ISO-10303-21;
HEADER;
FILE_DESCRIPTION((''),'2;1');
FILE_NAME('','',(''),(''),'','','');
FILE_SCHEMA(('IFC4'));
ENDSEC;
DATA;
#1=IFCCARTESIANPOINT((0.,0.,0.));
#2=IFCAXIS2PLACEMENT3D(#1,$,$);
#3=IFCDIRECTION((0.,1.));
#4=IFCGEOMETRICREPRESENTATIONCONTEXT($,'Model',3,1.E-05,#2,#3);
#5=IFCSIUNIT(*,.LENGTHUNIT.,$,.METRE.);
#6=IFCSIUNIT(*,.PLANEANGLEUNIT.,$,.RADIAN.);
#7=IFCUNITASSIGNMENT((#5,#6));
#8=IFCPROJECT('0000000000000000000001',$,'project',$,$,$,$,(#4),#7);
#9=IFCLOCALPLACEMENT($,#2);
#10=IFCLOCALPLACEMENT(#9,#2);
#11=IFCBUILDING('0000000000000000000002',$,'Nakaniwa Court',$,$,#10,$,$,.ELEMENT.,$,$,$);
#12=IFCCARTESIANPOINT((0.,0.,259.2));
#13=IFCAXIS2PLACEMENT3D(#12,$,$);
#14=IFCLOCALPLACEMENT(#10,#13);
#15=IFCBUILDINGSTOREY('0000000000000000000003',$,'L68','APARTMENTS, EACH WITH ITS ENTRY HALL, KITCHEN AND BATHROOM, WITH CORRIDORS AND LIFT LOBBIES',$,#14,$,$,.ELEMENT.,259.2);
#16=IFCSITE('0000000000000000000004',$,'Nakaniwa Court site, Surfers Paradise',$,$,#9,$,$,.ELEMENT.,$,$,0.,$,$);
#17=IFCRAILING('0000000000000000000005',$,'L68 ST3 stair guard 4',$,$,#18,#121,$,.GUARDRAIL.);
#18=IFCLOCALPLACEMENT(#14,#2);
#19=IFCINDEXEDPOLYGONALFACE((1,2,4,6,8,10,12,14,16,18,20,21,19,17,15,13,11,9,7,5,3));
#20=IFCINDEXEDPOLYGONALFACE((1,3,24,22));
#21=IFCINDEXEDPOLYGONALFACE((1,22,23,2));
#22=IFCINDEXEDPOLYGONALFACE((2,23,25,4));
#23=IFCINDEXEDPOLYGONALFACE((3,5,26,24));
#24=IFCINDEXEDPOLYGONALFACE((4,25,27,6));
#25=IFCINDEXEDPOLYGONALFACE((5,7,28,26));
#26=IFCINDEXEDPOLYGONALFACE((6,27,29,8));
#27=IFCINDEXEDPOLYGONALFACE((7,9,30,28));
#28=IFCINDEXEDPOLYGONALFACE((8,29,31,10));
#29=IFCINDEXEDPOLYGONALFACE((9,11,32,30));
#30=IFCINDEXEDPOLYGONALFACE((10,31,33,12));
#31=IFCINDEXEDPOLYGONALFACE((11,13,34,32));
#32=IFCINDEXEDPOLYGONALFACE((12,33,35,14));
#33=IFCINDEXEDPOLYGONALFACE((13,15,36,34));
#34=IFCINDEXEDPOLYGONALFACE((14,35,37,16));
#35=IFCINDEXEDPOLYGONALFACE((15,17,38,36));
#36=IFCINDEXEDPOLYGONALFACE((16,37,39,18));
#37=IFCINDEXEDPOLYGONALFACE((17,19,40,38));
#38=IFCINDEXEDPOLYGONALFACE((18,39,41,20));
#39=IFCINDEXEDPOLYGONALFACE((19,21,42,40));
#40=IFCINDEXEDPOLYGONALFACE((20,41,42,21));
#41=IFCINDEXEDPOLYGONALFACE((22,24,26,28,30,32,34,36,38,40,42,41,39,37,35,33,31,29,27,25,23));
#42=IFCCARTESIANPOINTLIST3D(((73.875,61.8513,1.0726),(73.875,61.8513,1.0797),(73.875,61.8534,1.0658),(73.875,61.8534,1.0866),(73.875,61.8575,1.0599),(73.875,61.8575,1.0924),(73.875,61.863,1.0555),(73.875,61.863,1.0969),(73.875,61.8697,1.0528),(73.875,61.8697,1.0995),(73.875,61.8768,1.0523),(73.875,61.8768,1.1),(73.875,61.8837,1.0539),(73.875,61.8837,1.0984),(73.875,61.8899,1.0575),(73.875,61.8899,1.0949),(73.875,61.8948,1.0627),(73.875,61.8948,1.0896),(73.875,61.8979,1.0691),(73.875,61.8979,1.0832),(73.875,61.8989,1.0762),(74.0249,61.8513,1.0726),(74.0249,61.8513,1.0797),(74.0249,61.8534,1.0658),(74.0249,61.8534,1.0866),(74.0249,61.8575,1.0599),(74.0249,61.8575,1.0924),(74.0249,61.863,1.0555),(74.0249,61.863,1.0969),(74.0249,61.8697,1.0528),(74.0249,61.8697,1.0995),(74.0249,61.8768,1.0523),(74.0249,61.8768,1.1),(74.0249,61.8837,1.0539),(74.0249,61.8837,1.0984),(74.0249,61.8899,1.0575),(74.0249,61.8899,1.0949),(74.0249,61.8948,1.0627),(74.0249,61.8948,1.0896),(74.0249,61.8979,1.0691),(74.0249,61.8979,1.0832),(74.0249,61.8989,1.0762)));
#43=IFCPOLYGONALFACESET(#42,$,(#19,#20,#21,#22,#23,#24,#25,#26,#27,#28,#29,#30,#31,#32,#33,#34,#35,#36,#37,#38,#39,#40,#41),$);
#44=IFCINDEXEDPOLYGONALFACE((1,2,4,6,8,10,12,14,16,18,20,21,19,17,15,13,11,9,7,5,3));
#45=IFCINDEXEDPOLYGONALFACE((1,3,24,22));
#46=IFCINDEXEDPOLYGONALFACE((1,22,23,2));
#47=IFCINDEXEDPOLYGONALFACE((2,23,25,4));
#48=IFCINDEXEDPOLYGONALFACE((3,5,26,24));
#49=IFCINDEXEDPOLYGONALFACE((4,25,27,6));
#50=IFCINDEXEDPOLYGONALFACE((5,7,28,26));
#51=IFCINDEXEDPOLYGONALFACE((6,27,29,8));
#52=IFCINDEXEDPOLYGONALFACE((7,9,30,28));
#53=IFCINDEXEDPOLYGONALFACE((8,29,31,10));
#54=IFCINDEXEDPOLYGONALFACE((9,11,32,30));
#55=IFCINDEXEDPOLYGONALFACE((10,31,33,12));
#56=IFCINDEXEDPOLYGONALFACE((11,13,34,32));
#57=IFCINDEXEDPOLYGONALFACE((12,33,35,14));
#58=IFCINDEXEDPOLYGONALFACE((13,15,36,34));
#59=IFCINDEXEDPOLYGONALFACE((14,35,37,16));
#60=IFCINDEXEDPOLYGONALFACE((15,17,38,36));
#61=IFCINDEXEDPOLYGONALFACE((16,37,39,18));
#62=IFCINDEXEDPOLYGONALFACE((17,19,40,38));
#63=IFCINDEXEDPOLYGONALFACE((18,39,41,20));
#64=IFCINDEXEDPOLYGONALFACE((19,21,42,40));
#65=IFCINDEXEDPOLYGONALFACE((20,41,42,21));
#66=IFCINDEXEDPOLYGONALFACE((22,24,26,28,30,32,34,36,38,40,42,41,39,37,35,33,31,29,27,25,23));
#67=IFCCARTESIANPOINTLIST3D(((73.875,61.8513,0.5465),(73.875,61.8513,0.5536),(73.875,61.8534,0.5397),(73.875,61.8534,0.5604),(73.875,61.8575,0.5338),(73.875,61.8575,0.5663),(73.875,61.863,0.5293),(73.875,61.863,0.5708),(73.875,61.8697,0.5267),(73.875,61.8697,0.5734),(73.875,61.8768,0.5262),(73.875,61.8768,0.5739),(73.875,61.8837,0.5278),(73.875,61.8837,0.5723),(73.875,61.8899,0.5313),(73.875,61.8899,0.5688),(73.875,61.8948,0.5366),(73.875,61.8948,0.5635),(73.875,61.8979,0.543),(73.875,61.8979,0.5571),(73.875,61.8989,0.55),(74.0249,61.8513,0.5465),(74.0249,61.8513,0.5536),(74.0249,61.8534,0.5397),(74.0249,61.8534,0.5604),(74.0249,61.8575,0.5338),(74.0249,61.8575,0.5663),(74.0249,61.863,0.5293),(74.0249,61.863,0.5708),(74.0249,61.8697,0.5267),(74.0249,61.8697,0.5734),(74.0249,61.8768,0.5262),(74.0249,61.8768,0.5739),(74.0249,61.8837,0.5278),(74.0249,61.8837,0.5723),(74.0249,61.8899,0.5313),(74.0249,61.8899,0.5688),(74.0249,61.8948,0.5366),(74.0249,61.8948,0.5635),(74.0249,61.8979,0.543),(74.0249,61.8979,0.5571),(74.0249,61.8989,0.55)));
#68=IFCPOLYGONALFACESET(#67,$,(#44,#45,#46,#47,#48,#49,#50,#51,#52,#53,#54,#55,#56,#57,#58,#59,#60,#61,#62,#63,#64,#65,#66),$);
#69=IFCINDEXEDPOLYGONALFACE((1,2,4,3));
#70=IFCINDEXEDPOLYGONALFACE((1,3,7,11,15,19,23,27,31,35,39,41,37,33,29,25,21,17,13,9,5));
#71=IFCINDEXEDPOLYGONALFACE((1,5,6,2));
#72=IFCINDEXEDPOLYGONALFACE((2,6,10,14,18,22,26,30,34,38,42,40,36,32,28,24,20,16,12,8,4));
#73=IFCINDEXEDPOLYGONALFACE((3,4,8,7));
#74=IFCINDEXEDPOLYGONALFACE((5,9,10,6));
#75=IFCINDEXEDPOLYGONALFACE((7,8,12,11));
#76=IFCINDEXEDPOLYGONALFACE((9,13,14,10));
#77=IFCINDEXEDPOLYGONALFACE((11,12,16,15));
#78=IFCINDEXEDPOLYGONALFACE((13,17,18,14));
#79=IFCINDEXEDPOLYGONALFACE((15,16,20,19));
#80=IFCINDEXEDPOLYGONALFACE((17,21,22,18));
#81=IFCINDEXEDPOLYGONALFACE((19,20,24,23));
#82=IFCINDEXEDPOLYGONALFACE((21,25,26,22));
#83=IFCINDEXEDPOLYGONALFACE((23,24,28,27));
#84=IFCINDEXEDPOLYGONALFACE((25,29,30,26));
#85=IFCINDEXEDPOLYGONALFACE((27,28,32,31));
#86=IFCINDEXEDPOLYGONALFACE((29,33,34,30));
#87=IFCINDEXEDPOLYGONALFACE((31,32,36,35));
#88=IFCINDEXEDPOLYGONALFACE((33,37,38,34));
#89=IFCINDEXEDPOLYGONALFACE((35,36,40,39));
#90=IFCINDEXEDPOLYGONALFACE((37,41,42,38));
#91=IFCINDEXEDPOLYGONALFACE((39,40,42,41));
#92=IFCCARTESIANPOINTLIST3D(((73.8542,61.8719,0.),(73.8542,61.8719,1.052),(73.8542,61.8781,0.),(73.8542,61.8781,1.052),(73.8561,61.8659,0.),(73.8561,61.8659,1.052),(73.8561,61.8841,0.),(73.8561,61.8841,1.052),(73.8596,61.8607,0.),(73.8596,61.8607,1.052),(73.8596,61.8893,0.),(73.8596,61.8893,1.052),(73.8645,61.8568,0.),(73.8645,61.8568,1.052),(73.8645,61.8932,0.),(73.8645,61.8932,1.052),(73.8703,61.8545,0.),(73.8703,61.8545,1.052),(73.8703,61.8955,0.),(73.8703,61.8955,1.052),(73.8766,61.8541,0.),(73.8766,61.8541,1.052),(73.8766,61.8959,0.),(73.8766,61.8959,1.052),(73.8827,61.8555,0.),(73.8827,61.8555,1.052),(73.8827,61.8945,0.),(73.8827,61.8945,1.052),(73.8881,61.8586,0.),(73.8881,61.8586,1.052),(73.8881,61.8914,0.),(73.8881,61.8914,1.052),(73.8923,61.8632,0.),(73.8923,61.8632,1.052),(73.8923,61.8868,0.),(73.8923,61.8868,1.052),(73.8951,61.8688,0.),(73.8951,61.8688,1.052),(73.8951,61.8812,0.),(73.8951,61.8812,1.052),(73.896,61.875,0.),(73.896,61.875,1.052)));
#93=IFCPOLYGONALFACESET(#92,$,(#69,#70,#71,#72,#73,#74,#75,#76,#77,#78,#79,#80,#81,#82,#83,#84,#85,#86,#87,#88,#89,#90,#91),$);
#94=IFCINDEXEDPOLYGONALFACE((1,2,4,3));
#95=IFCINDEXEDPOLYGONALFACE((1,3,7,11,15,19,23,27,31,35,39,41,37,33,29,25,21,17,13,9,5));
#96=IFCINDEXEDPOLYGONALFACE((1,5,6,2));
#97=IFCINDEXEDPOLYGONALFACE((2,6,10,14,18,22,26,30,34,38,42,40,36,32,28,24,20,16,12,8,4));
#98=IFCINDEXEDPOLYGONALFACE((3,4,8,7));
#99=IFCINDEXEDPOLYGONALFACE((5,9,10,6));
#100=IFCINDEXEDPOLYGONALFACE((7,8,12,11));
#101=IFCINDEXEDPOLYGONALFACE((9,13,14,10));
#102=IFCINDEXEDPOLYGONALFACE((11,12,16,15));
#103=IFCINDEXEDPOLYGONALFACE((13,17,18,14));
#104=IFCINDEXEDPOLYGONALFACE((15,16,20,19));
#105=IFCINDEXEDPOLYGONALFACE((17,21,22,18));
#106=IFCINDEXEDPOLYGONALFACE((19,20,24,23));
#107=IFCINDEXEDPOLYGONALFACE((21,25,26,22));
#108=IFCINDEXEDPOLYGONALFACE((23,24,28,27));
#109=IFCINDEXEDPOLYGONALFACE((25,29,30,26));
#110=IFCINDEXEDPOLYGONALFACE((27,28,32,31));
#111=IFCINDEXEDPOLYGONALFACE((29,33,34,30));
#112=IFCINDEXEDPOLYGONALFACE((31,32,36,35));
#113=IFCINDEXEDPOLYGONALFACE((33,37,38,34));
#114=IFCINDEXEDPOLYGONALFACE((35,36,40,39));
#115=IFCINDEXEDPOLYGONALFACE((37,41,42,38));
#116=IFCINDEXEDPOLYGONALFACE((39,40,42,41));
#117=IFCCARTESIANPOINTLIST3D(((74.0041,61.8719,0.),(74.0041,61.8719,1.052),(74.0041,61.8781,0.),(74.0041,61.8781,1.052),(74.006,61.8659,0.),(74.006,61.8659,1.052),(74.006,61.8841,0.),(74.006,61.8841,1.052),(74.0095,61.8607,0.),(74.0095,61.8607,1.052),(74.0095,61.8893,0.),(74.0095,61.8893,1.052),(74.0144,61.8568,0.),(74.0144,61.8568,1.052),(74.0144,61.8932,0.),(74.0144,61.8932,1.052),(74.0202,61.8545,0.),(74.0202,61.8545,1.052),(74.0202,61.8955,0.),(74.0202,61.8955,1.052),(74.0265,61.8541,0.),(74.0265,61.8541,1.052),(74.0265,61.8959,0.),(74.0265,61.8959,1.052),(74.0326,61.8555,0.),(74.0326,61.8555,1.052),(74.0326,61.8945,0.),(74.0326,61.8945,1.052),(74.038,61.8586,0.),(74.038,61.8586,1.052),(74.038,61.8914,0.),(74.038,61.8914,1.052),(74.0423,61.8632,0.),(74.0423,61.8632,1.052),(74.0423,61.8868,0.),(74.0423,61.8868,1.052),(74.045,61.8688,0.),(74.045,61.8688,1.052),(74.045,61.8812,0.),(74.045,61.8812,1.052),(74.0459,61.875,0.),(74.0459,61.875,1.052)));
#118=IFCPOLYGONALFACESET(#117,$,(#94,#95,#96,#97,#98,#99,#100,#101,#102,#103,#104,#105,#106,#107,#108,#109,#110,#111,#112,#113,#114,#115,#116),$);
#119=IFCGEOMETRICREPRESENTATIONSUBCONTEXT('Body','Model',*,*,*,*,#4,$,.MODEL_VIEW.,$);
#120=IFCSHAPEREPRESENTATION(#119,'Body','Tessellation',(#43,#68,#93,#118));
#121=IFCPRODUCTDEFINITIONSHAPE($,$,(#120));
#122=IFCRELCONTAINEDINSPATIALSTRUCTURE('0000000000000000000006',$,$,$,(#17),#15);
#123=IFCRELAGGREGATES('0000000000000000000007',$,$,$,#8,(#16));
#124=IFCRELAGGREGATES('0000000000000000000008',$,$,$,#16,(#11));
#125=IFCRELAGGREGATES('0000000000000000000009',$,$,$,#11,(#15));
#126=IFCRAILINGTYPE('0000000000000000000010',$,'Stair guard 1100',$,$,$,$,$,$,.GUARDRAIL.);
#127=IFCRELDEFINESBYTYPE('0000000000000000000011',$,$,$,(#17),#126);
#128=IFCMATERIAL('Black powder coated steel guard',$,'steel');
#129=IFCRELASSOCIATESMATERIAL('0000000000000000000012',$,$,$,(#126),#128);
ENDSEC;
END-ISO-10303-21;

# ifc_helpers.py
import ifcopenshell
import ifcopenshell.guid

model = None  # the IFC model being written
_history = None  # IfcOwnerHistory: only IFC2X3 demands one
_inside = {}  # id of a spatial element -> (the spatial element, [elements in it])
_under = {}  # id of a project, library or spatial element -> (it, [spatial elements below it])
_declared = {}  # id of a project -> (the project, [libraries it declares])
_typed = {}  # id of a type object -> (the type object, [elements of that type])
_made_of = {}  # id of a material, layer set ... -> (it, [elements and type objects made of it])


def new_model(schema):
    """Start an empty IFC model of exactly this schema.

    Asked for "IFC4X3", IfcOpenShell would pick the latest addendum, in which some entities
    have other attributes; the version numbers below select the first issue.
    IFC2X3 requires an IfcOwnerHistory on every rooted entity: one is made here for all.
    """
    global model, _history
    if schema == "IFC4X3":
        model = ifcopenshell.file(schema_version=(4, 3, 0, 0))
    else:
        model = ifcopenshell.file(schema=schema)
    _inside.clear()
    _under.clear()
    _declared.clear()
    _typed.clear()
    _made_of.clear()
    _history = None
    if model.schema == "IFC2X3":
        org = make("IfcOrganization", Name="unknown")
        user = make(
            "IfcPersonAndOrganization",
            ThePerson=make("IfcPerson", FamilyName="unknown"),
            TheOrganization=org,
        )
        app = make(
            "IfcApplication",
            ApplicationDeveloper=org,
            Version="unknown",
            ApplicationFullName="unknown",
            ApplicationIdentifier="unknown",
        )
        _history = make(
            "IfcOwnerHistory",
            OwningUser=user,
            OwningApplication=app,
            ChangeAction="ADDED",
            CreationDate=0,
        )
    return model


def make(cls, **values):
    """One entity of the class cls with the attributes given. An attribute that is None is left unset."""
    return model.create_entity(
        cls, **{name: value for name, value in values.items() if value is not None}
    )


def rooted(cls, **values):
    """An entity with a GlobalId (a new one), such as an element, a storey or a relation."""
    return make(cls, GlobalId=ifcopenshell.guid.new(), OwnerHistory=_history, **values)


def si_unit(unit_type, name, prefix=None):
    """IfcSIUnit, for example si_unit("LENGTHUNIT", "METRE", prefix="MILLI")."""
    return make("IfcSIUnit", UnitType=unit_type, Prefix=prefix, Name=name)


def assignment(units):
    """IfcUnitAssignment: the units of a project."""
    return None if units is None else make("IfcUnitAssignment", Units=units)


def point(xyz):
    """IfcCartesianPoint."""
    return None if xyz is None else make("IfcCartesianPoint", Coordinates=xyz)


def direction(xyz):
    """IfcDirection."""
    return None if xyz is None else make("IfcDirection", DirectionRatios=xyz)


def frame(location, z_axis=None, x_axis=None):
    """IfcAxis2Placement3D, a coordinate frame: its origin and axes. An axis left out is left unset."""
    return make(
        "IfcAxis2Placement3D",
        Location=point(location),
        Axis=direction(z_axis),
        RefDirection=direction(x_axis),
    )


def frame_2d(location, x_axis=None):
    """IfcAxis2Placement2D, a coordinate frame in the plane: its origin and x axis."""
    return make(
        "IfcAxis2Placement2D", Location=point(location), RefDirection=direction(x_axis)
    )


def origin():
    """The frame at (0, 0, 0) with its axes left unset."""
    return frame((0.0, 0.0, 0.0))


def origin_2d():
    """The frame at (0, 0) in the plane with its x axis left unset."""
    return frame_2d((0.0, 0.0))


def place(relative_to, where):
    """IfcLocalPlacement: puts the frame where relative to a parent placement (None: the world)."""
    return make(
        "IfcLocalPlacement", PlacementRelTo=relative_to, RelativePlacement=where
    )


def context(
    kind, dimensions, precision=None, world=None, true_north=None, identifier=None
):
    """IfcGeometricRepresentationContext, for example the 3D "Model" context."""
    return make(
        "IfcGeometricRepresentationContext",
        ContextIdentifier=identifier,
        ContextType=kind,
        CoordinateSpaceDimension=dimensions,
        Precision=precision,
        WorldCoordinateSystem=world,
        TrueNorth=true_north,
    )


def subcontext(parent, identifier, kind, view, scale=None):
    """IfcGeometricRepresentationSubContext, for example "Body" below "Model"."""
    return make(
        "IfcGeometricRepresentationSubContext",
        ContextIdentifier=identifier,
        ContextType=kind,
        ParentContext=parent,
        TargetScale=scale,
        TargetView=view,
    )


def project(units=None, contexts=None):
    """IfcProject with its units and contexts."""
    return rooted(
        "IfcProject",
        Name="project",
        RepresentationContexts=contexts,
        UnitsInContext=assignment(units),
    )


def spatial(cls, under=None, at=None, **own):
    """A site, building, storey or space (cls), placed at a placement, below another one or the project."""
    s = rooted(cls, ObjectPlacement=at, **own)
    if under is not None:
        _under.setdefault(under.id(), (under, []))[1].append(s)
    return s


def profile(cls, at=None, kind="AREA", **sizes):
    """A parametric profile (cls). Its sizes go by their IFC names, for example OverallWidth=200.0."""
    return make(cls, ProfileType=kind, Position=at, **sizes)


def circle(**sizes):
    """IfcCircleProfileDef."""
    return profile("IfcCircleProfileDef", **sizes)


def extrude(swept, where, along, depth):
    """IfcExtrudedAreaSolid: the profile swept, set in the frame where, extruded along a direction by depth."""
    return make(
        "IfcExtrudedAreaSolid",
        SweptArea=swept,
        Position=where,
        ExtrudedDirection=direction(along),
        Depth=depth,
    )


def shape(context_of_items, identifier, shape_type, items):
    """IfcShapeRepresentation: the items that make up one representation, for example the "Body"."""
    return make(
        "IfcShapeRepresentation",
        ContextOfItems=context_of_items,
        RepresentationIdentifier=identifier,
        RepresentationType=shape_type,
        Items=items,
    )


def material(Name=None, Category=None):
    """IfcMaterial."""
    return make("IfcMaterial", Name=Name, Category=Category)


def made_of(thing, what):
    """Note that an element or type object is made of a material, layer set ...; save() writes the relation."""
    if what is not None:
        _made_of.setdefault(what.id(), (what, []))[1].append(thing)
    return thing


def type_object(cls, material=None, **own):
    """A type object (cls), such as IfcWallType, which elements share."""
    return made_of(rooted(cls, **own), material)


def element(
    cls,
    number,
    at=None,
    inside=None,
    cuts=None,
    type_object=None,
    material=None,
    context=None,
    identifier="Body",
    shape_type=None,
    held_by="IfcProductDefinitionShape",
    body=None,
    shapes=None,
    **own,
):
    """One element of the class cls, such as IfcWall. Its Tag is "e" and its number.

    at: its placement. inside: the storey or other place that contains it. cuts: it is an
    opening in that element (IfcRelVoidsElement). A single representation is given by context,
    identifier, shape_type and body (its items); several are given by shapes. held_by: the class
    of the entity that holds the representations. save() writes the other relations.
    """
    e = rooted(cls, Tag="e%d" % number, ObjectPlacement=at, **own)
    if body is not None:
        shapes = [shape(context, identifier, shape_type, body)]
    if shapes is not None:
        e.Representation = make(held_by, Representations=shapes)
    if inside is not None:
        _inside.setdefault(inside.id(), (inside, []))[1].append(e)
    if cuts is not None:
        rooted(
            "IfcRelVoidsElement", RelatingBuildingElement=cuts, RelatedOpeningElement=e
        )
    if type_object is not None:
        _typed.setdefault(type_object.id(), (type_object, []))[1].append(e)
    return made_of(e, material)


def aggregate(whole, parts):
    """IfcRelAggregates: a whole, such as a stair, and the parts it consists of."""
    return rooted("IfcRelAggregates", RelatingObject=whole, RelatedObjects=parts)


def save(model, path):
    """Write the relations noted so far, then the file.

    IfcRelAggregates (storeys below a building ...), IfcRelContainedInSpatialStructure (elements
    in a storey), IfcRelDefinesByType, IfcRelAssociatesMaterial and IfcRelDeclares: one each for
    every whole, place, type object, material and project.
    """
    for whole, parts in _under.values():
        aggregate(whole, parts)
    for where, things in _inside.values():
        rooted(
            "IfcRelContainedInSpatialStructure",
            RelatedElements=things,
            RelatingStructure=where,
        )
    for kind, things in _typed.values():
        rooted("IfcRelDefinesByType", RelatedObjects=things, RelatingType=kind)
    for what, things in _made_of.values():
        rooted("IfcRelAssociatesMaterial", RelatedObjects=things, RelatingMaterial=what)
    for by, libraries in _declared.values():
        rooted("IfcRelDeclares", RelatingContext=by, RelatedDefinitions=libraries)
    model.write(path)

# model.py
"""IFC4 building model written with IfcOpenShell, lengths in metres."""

from ifc_helpers import new_model, si_unit, direction, frame, origin, origin_2d, place, context, subcontext, project, spatial, circle, extrude, material, type_object, element, save


model = new_model("IFC4")

# Units and contexts
model_context = context("Model", 3, precision=1e-05, world=origin(), true_north=direction((0.0, 1.0)))
body_context = subcontext(model_context, "Body", "Model", "MODEL_VIEW")
ifc_project = project(units=[si_unit("LENGTHUNIT", "METRE"), si_unit("PLANEANGLEUNIT", "RADIAN")], contexts=[model_context])

# Site, building, storey
site_placement = place(None, origin())
site = spatial("IfcSite", under=ifc_project, at=site_placement, Name="Nakaniwa Court site, Surfers Paradise", CompositionType="ELEMENT", RefElevation=0.0)
building_placement = place(site_placement, origin())
building = spatial("IfcBuilding", under=site, at=building_placement, Name="Nakaniwa Court", CompositionType="ELEMENT")
storey_placement = place(building_placement, frame((0.0, 0.0, 259.2)))
storey = spatial("IfcBuildingStorey", under=building, at=storey_placement, Name="L68", Description="APARTMENTS, EACH WITH ITS ENTRY HALL, KITCHEN AND BATHROOM, WITH CORRIDORS AND LIFT LOBBIES", CompositionType="ELEMENT", Elevation=259.2)

# Railing
ifc_material_1 = material(Name="Black powder coated steel guard", Category="steel")
railing_type_1 = type_object("IfcRailingType", Name="Stair guard 1100", PredefinedType="GUARDRAIL", material=ifc_material_1)
railing_1_placement = place(storey_placement, frame((73.875, 61.875, 0.0)))
element("IfcRailing", 1, at=railing_1_placement, inside=storey, type_object=railing_type_1, Name="L68 ST3 stair guard 4", PredefinedType="GUARDRAIL", context=body_context, shape_type="SweptSolid", body=[
    extrude(circle(Radius=0.0239, at=origin_2d()), frame((0.0, 0.0, 1.0762), z_axis=(1.0, 0.0, 0.0), x_axis=(0.0, 1.0, 0.0)), (0.0, 0.0, 1.0), 0.1499),
    extrude(circle(Radius=0.0239, at=origin_2d()), frame((0.0, 0.0, 0.55), z_axis=(1.0, 0.0, 0.0), x_axis=(0.0, 1.0, 0.0)), (0.0, 0.0, 1.0), 0.1499),
    extrude(circle(Radius=0.021, at=origin_2d()), origin(), (0.0, 0.0, 1.0), 1.052),
    extrude(circle(Radius=0.021, at=origin_2d()), frame((0.1499, 0.0, 0.0)), (0.0, 0.0, 1.0), 1.052),
])

save(model, "model.ifc")
